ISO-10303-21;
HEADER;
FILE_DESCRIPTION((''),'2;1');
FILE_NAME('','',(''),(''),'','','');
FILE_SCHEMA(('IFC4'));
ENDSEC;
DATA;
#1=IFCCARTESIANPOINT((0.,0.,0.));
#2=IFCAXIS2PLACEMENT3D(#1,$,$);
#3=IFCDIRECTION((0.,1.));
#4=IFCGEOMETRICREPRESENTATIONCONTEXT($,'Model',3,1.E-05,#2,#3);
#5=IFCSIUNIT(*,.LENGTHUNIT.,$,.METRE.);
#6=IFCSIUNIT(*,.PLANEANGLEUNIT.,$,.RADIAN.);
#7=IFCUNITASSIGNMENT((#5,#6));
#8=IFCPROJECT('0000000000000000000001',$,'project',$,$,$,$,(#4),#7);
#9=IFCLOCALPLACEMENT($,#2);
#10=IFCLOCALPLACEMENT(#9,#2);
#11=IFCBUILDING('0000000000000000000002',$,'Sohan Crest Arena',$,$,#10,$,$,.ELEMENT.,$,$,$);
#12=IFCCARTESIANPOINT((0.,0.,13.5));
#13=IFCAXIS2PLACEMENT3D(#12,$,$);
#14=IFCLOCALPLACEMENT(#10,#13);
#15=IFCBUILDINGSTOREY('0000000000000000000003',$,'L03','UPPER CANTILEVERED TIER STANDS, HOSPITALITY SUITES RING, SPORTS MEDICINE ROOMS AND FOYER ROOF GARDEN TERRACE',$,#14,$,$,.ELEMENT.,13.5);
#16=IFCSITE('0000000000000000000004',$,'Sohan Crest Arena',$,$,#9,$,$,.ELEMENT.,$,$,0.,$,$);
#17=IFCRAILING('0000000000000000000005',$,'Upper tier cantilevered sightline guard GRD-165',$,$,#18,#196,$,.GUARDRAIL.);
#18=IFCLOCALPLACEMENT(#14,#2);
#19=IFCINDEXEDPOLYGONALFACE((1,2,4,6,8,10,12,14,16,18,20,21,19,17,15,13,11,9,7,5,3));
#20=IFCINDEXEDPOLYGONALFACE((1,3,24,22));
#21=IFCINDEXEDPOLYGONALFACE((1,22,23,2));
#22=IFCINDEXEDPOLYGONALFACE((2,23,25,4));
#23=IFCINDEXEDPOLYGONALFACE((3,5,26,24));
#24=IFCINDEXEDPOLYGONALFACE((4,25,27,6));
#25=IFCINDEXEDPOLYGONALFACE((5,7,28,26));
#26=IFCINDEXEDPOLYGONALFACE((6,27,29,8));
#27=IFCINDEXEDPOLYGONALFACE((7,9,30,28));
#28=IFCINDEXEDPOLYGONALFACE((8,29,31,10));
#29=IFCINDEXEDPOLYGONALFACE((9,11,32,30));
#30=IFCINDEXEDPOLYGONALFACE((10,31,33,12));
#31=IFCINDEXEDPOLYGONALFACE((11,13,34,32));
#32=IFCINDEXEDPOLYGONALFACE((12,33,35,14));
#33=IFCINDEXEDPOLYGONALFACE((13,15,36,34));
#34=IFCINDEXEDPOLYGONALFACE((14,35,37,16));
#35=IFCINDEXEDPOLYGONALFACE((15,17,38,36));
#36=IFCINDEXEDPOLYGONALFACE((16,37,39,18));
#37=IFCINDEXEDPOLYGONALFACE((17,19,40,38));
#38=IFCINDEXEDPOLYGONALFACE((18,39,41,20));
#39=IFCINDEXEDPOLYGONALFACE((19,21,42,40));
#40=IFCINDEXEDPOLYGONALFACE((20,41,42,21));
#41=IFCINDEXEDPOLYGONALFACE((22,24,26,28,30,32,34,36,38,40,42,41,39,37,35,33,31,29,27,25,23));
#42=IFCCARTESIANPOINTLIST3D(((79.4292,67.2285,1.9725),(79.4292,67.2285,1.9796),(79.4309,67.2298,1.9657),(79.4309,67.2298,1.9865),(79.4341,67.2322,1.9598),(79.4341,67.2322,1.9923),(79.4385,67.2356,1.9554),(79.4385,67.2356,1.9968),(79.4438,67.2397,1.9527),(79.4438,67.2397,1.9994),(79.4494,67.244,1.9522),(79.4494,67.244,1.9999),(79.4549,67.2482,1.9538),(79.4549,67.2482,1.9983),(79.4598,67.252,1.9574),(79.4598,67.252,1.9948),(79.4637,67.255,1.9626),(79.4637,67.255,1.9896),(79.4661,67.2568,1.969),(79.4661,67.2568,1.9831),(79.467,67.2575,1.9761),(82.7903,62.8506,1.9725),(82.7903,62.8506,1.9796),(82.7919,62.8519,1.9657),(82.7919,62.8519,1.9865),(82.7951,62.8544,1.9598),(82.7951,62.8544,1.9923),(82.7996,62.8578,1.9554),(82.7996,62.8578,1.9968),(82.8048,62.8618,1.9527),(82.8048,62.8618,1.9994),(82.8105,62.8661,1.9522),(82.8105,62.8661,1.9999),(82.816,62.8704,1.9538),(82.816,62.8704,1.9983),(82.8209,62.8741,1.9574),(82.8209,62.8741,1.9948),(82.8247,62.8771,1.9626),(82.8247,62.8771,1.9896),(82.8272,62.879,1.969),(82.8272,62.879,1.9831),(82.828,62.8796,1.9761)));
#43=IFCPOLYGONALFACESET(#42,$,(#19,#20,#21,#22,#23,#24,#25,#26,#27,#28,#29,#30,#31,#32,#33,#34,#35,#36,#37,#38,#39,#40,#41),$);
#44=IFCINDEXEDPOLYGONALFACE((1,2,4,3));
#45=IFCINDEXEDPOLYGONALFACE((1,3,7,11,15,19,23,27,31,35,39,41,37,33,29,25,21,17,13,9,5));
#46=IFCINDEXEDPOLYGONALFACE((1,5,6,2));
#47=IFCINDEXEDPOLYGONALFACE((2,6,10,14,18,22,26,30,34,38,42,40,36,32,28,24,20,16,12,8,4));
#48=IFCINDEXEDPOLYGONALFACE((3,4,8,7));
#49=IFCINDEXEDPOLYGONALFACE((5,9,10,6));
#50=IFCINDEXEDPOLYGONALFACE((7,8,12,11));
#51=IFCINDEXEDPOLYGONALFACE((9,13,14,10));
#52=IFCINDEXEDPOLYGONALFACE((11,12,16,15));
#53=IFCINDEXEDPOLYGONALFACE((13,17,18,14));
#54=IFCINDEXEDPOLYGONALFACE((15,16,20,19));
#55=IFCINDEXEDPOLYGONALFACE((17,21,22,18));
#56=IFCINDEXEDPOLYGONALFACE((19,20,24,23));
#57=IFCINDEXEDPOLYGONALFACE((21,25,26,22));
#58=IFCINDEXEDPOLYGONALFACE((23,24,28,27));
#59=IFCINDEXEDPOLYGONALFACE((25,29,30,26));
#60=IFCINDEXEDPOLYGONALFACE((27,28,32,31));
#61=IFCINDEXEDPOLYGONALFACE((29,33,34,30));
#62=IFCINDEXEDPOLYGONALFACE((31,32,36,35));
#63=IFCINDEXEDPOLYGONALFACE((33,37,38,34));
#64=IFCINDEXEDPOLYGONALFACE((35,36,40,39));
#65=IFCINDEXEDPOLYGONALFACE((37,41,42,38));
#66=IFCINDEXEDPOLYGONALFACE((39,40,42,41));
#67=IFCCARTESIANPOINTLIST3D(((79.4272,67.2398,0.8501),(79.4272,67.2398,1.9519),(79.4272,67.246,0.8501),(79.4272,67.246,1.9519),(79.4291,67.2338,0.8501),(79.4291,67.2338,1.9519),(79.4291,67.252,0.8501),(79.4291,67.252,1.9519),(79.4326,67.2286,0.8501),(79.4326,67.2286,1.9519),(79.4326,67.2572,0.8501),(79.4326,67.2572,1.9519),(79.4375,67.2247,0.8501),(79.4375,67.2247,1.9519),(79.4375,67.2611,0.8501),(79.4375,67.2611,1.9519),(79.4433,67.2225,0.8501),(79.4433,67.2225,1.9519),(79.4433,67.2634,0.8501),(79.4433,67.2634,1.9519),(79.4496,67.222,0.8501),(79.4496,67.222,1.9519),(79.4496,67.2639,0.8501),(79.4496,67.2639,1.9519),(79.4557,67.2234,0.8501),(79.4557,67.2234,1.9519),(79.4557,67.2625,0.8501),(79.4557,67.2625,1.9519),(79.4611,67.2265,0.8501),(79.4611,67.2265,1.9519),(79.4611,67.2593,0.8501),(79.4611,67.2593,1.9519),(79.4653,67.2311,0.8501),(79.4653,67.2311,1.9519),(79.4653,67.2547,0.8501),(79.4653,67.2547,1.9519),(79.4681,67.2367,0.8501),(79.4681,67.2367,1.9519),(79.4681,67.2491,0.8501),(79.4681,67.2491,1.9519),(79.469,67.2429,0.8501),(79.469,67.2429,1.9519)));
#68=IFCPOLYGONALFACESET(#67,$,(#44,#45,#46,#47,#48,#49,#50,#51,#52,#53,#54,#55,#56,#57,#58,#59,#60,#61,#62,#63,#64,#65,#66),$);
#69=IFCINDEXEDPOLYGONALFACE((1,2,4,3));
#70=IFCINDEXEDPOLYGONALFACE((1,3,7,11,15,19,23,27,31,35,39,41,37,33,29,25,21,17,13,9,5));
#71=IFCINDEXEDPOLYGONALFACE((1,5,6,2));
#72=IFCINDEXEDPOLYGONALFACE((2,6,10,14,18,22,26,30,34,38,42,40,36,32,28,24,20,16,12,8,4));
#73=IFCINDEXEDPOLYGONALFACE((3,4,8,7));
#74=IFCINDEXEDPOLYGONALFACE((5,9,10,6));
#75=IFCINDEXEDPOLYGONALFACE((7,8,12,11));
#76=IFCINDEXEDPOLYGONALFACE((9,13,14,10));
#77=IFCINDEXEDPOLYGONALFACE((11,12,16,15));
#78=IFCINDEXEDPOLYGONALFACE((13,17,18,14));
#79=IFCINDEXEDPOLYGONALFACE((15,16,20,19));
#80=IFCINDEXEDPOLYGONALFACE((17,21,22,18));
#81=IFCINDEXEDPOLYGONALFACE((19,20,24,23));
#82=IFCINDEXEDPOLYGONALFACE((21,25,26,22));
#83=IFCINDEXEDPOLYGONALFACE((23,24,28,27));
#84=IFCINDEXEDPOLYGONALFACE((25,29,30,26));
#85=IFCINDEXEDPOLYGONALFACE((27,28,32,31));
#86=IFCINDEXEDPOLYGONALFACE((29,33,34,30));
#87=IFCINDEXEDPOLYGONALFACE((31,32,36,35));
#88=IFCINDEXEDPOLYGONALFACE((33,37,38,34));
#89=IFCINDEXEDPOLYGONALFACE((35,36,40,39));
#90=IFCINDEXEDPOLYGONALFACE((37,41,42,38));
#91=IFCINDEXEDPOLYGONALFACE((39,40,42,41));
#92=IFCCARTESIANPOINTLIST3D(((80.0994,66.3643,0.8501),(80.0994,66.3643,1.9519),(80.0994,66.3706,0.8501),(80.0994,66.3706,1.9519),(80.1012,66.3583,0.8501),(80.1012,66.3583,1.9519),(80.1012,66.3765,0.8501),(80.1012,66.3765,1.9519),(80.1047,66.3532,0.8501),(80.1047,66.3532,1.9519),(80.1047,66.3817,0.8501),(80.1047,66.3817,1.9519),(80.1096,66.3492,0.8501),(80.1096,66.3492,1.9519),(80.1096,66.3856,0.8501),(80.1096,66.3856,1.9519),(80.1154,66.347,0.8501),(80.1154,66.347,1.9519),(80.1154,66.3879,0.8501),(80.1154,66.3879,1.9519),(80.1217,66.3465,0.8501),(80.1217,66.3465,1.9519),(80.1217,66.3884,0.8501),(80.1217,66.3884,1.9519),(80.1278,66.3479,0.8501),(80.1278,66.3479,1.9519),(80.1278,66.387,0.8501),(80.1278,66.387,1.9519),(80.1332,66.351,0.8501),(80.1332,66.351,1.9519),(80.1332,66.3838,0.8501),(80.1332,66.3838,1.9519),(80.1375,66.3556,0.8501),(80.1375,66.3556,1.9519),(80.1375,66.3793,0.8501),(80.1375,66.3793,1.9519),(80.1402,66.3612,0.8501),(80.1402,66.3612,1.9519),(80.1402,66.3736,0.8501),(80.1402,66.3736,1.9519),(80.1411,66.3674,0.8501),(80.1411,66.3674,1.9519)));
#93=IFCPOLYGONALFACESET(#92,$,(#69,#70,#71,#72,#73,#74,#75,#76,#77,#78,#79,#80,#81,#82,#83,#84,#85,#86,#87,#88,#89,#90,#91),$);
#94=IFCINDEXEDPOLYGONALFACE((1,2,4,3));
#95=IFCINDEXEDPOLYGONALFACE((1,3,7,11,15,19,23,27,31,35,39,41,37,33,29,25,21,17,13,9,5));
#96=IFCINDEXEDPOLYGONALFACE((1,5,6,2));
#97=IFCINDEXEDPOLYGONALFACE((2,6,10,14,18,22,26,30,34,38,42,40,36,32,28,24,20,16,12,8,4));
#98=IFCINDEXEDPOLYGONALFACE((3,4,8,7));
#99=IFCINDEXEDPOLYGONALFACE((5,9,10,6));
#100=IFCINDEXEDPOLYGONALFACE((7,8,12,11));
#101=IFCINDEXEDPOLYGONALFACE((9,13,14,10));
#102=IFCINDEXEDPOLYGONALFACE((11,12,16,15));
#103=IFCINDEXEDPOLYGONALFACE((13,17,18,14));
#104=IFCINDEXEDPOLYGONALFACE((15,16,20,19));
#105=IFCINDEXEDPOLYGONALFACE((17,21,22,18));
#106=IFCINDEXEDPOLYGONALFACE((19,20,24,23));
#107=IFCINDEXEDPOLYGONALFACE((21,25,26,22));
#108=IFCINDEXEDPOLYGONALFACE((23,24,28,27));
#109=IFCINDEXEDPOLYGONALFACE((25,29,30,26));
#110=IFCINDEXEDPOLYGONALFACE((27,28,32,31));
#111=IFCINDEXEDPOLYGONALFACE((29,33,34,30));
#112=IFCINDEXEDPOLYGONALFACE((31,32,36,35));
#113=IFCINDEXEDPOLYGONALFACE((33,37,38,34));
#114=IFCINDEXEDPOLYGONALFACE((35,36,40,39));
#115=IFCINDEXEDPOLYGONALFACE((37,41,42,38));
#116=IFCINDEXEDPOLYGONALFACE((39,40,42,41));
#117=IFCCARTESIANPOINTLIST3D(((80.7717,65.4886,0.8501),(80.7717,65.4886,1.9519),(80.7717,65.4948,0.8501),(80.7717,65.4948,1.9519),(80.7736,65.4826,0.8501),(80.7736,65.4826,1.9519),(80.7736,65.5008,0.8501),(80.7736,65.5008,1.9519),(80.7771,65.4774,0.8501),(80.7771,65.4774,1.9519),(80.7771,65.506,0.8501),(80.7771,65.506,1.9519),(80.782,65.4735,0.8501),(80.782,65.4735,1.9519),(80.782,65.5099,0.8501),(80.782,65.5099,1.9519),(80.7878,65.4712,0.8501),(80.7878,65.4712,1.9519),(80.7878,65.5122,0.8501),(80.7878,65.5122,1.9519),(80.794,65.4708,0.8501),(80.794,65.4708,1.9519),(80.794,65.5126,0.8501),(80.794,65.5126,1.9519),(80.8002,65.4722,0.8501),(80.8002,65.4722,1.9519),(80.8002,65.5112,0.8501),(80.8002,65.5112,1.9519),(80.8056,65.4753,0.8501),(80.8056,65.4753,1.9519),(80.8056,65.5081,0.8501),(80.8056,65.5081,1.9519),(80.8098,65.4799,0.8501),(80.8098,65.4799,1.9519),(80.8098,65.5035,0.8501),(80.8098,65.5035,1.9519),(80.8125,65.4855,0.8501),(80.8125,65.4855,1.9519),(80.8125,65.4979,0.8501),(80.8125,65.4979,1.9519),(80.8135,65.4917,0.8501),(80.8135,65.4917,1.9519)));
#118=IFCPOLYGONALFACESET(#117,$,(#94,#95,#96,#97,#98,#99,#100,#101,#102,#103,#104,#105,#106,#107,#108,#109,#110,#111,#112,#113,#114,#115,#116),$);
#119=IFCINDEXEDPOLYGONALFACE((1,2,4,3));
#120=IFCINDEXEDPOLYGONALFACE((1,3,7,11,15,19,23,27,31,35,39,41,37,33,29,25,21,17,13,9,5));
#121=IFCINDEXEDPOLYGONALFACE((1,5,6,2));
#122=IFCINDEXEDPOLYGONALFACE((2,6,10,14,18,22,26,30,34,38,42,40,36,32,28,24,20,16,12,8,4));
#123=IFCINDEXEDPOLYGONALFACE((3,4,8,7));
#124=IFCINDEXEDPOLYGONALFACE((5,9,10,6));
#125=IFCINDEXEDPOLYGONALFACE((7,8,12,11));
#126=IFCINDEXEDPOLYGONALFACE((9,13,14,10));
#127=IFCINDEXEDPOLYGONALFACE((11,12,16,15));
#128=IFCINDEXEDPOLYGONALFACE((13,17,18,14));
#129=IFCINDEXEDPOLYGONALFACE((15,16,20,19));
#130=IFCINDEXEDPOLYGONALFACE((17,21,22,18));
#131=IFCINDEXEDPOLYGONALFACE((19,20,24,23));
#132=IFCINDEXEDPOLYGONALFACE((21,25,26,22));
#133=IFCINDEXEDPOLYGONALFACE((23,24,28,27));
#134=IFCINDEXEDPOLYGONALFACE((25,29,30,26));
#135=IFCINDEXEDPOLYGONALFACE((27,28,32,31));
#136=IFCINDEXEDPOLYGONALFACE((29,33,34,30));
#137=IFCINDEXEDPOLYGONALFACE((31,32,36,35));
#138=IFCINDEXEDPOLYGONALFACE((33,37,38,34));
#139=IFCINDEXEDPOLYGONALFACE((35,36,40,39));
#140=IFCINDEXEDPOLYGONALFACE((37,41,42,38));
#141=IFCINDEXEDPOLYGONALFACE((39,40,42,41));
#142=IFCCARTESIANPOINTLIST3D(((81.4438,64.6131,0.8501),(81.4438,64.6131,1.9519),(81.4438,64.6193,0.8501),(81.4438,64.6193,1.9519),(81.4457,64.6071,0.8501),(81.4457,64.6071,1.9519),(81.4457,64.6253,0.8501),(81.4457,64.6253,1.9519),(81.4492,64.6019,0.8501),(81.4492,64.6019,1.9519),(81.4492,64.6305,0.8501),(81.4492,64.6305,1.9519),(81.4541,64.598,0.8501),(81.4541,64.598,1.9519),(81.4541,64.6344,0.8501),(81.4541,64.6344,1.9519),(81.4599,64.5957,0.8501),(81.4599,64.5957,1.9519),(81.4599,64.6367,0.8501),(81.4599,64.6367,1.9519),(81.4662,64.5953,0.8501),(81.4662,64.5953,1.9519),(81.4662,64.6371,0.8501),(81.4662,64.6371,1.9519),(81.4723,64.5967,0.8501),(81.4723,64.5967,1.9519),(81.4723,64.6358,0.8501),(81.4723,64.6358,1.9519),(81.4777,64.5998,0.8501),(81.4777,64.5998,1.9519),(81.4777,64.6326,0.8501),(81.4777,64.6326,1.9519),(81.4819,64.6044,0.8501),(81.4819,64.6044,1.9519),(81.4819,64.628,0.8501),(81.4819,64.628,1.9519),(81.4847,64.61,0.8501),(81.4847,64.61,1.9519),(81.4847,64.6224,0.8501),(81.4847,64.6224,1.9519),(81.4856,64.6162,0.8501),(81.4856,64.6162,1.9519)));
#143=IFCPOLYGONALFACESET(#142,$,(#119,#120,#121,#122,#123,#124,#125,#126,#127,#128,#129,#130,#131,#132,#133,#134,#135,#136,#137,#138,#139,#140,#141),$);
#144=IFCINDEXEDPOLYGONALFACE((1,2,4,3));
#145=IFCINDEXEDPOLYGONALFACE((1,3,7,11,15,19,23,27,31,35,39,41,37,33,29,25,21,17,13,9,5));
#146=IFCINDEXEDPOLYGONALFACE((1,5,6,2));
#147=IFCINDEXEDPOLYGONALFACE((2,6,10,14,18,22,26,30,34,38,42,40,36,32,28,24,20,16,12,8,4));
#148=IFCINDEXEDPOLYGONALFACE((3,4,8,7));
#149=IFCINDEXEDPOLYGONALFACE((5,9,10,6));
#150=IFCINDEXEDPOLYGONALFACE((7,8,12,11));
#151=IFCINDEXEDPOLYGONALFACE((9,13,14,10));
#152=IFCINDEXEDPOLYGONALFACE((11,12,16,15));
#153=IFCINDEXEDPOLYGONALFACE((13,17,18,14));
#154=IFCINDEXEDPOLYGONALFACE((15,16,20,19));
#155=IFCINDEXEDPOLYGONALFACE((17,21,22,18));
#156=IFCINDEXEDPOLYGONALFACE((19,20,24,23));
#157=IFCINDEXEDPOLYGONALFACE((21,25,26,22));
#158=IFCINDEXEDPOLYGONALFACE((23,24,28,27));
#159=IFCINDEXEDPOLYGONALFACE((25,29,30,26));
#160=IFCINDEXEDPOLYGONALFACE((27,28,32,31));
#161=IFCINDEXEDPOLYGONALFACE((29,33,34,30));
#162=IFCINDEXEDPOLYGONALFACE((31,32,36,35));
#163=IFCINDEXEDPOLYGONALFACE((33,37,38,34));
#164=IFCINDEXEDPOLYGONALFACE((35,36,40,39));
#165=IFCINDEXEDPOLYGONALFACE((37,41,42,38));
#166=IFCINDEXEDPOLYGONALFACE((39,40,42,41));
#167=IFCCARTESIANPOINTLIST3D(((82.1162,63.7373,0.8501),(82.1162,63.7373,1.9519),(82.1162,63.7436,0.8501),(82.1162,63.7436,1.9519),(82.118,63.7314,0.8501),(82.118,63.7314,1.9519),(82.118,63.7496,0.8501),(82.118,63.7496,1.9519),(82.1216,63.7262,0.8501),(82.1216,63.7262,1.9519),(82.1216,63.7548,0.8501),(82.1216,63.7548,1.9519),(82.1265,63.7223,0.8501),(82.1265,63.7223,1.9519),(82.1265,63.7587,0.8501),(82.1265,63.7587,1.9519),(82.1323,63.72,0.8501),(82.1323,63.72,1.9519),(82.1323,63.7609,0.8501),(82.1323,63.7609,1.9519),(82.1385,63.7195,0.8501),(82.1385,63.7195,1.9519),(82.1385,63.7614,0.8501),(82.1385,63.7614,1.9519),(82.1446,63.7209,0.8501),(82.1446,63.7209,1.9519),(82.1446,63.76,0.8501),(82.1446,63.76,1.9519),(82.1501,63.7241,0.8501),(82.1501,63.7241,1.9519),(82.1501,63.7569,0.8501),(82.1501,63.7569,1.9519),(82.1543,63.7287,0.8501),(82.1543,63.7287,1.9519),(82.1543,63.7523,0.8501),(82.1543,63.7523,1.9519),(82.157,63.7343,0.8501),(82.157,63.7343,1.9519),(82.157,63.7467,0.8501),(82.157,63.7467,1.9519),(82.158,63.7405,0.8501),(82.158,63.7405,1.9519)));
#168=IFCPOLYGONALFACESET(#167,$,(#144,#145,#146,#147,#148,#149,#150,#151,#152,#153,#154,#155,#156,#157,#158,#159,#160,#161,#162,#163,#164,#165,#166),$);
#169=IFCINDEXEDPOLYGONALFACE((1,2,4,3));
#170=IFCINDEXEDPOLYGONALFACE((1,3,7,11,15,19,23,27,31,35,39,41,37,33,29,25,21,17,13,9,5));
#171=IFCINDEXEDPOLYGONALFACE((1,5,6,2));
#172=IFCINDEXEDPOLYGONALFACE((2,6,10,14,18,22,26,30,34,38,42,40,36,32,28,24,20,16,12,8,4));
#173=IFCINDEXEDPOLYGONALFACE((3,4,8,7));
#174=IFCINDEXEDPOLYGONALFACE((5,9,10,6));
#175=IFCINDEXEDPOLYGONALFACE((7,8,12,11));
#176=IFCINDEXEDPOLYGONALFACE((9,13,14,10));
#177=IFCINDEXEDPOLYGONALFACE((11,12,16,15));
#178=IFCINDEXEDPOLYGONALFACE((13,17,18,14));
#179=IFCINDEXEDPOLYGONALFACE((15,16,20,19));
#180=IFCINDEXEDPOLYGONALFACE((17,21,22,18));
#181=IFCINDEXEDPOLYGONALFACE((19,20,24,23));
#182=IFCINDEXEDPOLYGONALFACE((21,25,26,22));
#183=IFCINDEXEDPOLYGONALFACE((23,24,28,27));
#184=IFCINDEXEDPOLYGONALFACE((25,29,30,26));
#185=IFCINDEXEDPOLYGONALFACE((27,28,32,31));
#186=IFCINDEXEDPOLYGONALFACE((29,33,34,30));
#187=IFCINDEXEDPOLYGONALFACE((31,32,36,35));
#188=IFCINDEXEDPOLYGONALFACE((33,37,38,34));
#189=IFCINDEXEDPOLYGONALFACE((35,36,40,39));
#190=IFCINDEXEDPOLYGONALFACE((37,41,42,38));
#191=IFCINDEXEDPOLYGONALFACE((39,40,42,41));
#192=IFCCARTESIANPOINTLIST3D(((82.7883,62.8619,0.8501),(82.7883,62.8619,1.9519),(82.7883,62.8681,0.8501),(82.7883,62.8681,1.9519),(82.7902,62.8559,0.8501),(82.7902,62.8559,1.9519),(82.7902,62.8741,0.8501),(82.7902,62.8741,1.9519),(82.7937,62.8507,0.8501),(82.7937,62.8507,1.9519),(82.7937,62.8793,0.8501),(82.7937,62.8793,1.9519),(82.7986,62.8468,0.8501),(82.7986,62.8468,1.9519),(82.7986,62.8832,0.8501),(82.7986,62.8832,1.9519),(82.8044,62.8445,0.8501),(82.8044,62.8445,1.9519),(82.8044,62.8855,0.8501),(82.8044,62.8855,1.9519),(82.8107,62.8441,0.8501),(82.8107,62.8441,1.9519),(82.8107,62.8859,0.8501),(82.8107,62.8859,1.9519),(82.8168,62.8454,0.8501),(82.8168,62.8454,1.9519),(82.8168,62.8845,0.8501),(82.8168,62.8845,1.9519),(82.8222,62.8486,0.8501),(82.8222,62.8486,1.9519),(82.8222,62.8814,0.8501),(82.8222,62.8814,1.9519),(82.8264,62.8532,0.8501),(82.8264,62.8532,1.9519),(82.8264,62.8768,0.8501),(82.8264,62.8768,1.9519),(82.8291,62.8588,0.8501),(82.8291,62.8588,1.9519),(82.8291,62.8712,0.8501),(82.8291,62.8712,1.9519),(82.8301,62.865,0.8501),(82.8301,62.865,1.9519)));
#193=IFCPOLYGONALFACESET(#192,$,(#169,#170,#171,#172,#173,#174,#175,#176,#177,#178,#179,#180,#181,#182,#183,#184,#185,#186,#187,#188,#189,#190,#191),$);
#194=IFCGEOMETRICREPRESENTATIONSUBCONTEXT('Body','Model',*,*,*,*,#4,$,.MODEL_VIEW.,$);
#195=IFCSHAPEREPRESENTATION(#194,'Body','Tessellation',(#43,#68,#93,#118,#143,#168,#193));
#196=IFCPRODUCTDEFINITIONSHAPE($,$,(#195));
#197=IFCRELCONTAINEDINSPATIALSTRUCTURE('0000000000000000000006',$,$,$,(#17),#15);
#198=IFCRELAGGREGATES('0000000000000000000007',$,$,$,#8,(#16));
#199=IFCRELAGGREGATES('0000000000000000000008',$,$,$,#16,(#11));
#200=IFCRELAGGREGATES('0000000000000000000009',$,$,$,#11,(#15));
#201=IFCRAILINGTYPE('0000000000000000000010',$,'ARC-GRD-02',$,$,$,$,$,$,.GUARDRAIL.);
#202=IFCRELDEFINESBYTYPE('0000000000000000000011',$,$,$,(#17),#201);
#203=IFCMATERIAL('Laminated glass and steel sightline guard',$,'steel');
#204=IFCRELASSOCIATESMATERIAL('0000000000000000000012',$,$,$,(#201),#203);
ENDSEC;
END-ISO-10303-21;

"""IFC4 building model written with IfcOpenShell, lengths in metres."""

from ifc_helpers import new_model, si_unit, direction, frame, origin, origin_2d, place, context, subcontext, project, spatial, circle, extrude, material, type_object, element, save


model = new_model("IFC4")

# Units and contexts
model_context = context("Model", 3, precision=1e-05, world=origin(), true_north=direction((0.0, 1.0)))
body_context = subcontext(model_context, "Body", "Model", "MODEL_VIEW")
ifc_project = project(units=[si_unit("LENGTHUNIT", "METRE"), si_unit("PLANEANGLEUNIT", "RADIAN")], contexts=[model_context])

# Site, building, storey
site_placement = place(None, origin())
site = spatial("IfcSite", under=ifc_project, at=site_placement, Name="Sohan Crest Arena", CompositionType="ELEMENT", RefElevation=0.0)
building_placement = place(site_placement, origin())
building = spatial("IfcBuilding", under=site, at=building_placement, Name="Sohan Crest Arena", CompositionType="ELEMENT")
storey_placement = place(building_placement, frame((0.0, 0.0, 13.5)))
storey = spatial("IfcBuildingStorey", under=building, at=storey_placement, Name="L03", Description="UPPER CANTILEVERED TIER STANDS, HOSPITALITY SUITES RING, SPORTS MEDICINE ROOMS AND FOYER ROOF GARDEN TERRACE", CompositionType="ELEMENT", Elevation=13.5)

# Railing
ifc_material_1 = material(Name="Laminated glass and steel sightline guard", Category="steel")
railing_type = type_object("IfcRailingType", Name="ARC-GRD-02", PredefinedType="GUARDRAIL", material=ifc_material_1)
railing_placement = place(storey_placement, frame((79.448, 67.2429, 0.8501)))
element("IfcRailing", 1, at=railing_placement, inside=storey, type_object=railing_type, Name="Upper tier cantilevered sightline guard GRD-165", PredefinedType="GUARDRAIL", context=body_context, shape_type="SweptSolid", body=[
    extrude(circle(Radius=0.0239, at=origin_2d()), frame((0.0, 0.0, 1.126), z_axis=(0.608964, -0.793198, 0.0), x_axis=(0.793198, 0.608964, 0.0)), (0.0, 0.0, 1.0), 5.5193),
    extrude(circle(Radius=0.021, at=origin_2d()), origin(), (0.0, 0.0, 1.0), 1.1018),
    extrude(circle(Radius=0.021, at=origin_2d()), frame((0.6721, -0.8755, 0.0)), (0.0, 0.0, 1.0), 1.1018),
    extrude(circle(Radius=0.021, at=origin_2d()), frame((1.3445, -1.7512, 0.0)), (0.0, 0.0, 1.0), 1.1018),
    extrude(circle(Radius=0.021, at=origin_2d()), frame((2.0166, -2.6267, 0.0)), (0.0, 0.0, 1.0), 1.1018),
    extrude(circle(Radius=0.021, at=origin_2d()), frame((2.689, -3.5024, 0.0)), (0.0, 0.0, 1.0), 1.1018),
    extrude(circle(Radius=0.021, at=origin_2d()), frame((3.3611, -4.3779, 0.0)), (0.0, 0.0, 1.0), 1.1018),
])

save(model, "model.ifc")
